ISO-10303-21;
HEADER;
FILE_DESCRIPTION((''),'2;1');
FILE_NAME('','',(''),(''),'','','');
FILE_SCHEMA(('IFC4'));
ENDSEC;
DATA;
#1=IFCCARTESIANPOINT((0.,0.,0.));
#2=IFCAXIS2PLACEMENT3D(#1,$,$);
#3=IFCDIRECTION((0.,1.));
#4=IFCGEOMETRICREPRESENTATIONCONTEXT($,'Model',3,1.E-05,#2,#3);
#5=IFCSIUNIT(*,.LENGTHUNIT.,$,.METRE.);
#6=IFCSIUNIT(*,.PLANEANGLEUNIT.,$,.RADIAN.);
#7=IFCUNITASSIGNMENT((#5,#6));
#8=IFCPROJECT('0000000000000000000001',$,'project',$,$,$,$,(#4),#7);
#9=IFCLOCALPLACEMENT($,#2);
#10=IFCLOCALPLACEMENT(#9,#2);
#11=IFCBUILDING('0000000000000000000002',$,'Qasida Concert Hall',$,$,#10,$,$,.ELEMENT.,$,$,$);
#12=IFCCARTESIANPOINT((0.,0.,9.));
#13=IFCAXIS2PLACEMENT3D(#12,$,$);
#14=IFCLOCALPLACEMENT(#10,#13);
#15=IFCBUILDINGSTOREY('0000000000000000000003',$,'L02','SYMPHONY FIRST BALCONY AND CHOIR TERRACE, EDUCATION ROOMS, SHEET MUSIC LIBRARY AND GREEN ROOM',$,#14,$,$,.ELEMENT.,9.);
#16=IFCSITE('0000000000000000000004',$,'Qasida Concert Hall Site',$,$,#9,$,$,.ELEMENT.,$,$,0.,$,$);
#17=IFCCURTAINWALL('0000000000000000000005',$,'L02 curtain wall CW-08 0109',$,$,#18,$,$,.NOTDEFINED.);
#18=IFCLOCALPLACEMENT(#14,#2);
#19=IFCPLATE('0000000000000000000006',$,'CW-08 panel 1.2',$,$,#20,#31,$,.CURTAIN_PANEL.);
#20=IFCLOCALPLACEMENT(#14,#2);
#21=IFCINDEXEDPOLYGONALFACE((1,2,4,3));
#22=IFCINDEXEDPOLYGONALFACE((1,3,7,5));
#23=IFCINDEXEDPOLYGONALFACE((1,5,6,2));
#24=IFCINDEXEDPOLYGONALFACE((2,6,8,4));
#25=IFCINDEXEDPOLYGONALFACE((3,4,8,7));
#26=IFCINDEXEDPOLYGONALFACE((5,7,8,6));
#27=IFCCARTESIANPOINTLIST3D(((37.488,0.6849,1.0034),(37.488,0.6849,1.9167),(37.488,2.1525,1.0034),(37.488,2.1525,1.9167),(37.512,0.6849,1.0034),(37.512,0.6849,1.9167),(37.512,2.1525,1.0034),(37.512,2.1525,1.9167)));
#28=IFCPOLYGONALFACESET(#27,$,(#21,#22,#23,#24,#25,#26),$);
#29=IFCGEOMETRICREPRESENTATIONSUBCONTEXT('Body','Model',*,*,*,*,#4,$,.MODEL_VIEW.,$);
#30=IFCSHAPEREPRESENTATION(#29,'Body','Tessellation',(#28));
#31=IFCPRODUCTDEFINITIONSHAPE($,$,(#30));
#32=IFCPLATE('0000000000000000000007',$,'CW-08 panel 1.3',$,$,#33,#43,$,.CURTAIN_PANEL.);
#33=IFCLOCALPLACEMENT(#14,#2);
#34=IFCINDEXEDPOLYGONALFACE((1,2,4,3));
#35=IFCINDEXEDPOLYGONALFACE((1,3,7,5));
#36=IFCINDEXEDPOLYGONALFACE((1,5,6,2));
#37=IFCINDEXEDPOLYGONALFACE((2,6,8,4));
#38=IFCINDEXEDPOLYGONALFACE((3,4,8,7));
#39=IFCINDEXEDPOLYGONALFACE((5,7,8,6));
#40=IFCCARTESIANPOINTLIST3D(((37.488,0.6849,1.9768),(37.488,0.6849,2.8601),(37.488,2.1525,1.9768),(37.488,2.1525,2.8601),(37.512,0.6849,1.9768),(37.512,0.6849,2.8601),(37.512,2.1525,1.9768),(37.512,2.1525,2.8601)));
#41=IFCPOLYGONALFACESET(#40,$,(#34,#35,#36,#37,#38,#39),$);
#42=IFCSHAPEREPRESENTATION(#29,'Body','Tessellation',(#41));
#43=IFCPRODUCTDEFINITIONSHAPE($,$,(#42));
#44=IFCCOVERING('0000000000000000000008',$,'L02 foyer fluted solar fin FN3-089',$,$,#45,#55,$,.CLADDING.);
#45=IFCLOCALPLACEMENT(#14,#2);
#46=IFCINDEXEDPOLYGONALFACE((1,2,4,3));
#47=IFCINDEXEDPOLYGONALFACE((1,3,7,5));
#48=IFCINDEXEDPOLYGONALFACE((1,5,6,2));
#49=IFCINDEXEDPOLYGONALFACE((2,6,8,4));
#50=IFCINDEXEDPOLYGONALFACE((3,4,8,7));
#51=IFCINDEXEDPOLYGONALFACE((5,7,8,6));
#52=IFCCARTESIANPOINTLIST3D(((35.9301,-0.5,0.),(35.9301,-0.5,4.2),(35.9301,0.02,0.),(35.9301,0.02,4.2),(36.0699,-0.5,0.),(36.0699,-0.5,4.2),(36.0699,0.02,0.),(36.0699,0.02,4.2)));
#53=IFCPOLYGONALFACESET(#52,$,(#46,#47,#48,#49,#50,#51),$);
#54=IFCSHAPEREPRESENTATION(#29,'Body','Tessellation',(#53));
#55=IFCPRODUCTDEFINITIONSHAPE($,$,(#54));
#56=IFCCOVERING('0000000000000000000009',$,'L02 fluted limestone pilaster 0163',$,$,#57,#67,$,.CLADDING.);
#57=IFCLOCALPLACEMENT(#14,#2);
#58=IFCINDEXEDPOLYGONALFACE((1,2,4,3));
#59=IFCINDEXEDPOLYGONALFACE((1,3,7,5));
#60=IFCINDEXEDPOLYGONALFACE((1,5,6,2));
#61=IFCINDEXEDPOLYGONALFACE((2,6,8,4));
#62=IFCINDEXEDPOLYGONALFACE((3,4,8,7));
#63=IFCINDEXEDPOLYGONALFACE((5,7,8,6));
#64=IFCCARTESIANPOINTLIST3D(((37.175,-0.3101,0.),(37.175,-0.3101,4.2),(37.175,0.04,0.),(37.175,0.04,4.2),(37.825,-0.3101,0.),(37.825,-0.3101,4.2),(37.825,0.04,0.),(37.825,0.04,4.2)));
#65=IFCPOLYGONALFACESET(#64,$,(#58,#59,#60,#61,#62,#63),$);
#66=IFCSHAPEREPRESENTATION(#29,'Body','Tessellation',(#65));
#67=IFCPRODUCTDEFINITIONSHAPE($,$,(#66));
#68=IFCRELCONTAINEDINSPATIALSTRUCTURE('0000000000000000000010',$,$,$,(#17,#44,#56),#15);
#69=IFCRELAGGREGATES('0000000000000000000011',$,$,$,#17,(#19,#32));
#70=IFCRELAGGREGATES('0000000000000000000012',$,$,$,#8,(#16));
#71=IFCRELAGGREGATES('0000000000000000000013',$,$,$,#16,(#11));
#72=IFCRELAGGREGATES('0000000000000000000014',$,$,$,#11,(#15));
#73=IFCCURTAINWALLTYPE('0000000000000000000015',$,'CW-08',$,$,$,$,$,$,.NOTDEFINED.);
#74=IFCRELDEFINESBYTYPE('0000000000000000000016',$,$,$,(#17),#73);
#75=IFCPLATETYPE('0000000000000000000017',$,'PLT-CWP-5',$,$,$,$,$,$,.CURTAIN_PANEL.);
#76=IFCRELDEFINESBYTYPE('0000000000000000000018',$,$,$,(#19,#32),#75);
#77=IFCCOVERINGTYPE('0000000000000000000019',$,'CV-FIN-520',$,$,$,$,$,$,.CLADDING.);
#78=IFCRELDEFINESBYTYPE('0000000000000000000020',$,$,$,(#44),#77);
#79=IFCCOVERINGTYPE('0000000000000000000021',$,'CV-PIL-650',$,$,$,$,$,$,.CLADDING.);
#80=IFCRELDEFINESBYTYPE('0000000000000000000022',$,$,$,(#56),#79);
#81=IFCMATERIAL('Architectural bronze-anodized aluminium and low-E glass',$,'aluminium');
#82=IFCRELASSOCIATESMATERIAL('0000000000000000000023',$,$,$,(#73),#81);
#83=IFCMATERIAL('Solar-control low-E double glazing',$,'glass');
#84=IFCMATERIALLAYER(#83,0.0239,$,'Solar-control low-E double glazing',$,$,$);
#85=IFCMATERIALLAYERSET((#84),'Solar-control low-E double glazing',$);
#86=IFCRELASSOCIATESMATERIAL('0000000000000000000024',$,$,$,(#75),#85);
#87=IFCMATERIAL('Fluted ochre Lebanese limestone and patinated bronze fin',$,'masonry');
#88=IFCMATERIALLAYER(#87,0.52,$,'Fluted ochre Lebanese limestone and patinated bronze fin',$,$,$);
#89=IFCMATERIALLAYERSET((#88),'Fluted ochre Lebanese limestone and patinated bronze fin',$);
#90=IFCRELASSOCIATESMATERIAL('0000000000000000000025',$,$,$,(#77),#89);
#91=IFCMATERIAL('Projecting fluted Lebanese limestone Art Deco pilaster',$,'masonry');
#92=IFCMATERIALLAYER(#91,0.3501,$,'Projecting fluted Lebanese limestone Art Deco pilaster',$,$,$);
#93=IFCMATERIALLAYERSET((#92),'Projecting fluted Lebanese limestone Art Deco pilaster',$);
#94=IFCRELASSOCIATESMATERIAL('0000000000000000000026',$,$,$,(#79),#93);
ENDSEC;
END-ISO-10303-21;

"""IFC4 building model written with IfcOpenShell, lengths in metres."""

from ifc_helpers import new_model, si_unit, direction, frame, origin, origin_2d, place, context, subcontext, project, spatial, rectangle, extrude, material, layer, layer_set, type_object, element, aggregate, save


model = new_model("IFC4")

# Units and contexts
model_context = context("Model", 3, precision=1e-05, world=origin(), true_north=direction((0.0, 1.0)))
body_context = subcontext(model_context, "Body", "Model", "MODEL_VIEW")
ifc_project = project(units=[si_unit("LENGTHUNIT", "METRE"), si_unit("PLANEANGLEUNIT", "RADIAN")], contexts=[model_context])

# Site, building, storey
site_placement = place(None, origin())
site = spatial("IfcSite", under=ifc_project, at=site_placement, Name="Qasida Concert Hall Site", CompositionType="ELEMENT", RefElevation=0.0)
building_placement = place(site_placement, origin())
building = spatial("IfcBuilding", under=site, at=building_placement, Name="Qasida Concert Hall", CompositionType="ELEMENT")
storey_placement = place(building_placement, frame((0.0, 0.0, 9.0)))
storey = spatial("IfcBuildingStorey", under=building, at=storey_placement, Name="L02", Description="SYMPHONY FIRST BALCONY AND CHOIR TERRACE, EDUCATION ROOMS, SHEET MUSIC LIBRARY AND GREEN ROOM", CompositionType="ELEMENT", Elevation=9.0)

# Curtain wall
ifc_material_1 = material(Name="Architectural bronze-anodized aluminium and low-E glass", Category="aluminium")
curtain_wall_type = type_object("IfcCurtainWallType", Name="CW-08", PredefinedType="NOTDEFINED", material=ifc_material_1)
curtain_wall_1_placement = place(storey_placement, origin())
curtain_wall_1 = element("IfcCurtainWall", 1, at=curtain_wall_1_placement, inside=storey, type_object=curtain_wall_type, Name="L02 curtain wall CW-08 0109", PredefinedType="NOTDEFINED")

# Plates
ifc_material_2 = material(Name="Solar-control low-E double glazing", Category="glass")
ifc_layer_1 = layer(ifc_material_2, 0.0239, Name="Solar-control low-E double glazing")
ifc_layer_set_1 = layer_set([ifc_layer_1], Name="Solar-control low-E double glazing")
plate_type = type_object("IfcPlateType", Name="PLT-CWP-5", PredefinedType="CURTAIN_PANEL", material=ifc_layer_set_1)
plate_1_placement = place(storey_placement, frame((37.5, 1.4187, 1.0034), z_axis=(0.0, 0.0, 1.0), x_axis=(0.0, 1.0, 0.0)))
plate_1 = element("IfcPlate", 2, at=plate_1_placement, type_object=plate_type, Name="CW-08 panel 1.2", PredefinedType="CURTAIN_PANEL", context=body_context, shape_type="SweptSolid", body=[
    extrude(rectangle(XDim=1.4675, YDim=0.0239, at=origin_2d()), origin(), (0.0, 0.0, 1.0), 0.9133),
])
plate_2_placement = place(storey_placement, frame((37.5, 1.4187, 1.9768), z_axis=(0.0, 0.0, 1.0), x_axis=(0.0, 1.0, 0.0)))
plate_2 = element("IfcPlate", 3, at=plate_2_placement, type_object=plate_type, Name="CW-08 panel 1.3", PredefinedType="CURTAIN_PANEL", context=body_context, shape_type="SweptSolid", body=[
    extrude(rectangle(XDim=1.4675, YDim=0.0239, at=origin_2d()), origin(), (0.0, 0.0, 1.0), 0.8833),
])
aggregate(curtain_wall_1, [plate_1, plate_2])

# Coverings
ifc_material_3 = material(Name="Fluted ochre Lebanese limestone and patinated bronze fin", Category="masonry")
ifc_layer_2 = layer(ifc_material_3, 0.52, Name="Fluted ochre Lebanese limestone and patinated bronze fin")
ifc_layer_set_2 = layer_set([ifc_layer_2], Name="Fluted ochre Lebanese limestone and patinated bronze fin")
covering_type_1 = type_object("IfcCoveringType", Name="CV-FIN-520", PredefinedType="CLADDING", material=ifc_layer_set_2)
covering_1_placement = place(storey_placement, frame((36.0, -0.24, 0.0), z_axis=(0.0, 0.0, 1.0), x_axis=(1.0, 0.0, 0.0)))
element("IfcCovering", 4, at=covering_1_placement, inside=storey, type_object=covering_type_1, Name="L02 foyer fluted solar fin FN3-089", PredefinedType="CLADDING", context=body_context, shape_type="SweptSolid", body=[
    extrude(rectangle(XDim=0.1399, YDim=0.52, at=origin_2d()), origin(), (0.0, 0.0, 1.0), 4.2),
])
ifc_material_4 = material(Name="Projecting fluted Lebanese limestone Art Deco pilaster", Category="masonry")
ifc_layer_3 = layer(ifc_material_4, 0.3501, Name="Projecting fluted Lebanese limestone Art Deco pilaster")
ifc_layer_set_3 = layer_set([ifc_layer_3], Name="Projecting fluted Lebanese limestone Art Deco pilaster")
covering_type_2 = type_object("IfcCoveringType", Name="CV-PIL-650", PredefinedType="CLADDING", material=ifc_layer_set_3)
covering_2_placement = place(storey_placement, frame((37.5, -0.135, 0.0), z_axis=(0.0, 0.0, 1.0), x_axis=(1.0, 0.0, 0.0)))
element("IfcCovering", 5, at=covering_2_placement, inside=storey, type_object=covering_type_2, Name="L02 fluted limestone pilaster 0163", PredefinedType="CLADDING", context=body_context, shape_type="SweptSolid", body=[
    extrude(rectangle(XDim=0.6499, YDim=0.3501, at=origin_2d()), origin(), (0.0, 0.0, 1.0), 4.2),
])

save(model, "model.ifc")
